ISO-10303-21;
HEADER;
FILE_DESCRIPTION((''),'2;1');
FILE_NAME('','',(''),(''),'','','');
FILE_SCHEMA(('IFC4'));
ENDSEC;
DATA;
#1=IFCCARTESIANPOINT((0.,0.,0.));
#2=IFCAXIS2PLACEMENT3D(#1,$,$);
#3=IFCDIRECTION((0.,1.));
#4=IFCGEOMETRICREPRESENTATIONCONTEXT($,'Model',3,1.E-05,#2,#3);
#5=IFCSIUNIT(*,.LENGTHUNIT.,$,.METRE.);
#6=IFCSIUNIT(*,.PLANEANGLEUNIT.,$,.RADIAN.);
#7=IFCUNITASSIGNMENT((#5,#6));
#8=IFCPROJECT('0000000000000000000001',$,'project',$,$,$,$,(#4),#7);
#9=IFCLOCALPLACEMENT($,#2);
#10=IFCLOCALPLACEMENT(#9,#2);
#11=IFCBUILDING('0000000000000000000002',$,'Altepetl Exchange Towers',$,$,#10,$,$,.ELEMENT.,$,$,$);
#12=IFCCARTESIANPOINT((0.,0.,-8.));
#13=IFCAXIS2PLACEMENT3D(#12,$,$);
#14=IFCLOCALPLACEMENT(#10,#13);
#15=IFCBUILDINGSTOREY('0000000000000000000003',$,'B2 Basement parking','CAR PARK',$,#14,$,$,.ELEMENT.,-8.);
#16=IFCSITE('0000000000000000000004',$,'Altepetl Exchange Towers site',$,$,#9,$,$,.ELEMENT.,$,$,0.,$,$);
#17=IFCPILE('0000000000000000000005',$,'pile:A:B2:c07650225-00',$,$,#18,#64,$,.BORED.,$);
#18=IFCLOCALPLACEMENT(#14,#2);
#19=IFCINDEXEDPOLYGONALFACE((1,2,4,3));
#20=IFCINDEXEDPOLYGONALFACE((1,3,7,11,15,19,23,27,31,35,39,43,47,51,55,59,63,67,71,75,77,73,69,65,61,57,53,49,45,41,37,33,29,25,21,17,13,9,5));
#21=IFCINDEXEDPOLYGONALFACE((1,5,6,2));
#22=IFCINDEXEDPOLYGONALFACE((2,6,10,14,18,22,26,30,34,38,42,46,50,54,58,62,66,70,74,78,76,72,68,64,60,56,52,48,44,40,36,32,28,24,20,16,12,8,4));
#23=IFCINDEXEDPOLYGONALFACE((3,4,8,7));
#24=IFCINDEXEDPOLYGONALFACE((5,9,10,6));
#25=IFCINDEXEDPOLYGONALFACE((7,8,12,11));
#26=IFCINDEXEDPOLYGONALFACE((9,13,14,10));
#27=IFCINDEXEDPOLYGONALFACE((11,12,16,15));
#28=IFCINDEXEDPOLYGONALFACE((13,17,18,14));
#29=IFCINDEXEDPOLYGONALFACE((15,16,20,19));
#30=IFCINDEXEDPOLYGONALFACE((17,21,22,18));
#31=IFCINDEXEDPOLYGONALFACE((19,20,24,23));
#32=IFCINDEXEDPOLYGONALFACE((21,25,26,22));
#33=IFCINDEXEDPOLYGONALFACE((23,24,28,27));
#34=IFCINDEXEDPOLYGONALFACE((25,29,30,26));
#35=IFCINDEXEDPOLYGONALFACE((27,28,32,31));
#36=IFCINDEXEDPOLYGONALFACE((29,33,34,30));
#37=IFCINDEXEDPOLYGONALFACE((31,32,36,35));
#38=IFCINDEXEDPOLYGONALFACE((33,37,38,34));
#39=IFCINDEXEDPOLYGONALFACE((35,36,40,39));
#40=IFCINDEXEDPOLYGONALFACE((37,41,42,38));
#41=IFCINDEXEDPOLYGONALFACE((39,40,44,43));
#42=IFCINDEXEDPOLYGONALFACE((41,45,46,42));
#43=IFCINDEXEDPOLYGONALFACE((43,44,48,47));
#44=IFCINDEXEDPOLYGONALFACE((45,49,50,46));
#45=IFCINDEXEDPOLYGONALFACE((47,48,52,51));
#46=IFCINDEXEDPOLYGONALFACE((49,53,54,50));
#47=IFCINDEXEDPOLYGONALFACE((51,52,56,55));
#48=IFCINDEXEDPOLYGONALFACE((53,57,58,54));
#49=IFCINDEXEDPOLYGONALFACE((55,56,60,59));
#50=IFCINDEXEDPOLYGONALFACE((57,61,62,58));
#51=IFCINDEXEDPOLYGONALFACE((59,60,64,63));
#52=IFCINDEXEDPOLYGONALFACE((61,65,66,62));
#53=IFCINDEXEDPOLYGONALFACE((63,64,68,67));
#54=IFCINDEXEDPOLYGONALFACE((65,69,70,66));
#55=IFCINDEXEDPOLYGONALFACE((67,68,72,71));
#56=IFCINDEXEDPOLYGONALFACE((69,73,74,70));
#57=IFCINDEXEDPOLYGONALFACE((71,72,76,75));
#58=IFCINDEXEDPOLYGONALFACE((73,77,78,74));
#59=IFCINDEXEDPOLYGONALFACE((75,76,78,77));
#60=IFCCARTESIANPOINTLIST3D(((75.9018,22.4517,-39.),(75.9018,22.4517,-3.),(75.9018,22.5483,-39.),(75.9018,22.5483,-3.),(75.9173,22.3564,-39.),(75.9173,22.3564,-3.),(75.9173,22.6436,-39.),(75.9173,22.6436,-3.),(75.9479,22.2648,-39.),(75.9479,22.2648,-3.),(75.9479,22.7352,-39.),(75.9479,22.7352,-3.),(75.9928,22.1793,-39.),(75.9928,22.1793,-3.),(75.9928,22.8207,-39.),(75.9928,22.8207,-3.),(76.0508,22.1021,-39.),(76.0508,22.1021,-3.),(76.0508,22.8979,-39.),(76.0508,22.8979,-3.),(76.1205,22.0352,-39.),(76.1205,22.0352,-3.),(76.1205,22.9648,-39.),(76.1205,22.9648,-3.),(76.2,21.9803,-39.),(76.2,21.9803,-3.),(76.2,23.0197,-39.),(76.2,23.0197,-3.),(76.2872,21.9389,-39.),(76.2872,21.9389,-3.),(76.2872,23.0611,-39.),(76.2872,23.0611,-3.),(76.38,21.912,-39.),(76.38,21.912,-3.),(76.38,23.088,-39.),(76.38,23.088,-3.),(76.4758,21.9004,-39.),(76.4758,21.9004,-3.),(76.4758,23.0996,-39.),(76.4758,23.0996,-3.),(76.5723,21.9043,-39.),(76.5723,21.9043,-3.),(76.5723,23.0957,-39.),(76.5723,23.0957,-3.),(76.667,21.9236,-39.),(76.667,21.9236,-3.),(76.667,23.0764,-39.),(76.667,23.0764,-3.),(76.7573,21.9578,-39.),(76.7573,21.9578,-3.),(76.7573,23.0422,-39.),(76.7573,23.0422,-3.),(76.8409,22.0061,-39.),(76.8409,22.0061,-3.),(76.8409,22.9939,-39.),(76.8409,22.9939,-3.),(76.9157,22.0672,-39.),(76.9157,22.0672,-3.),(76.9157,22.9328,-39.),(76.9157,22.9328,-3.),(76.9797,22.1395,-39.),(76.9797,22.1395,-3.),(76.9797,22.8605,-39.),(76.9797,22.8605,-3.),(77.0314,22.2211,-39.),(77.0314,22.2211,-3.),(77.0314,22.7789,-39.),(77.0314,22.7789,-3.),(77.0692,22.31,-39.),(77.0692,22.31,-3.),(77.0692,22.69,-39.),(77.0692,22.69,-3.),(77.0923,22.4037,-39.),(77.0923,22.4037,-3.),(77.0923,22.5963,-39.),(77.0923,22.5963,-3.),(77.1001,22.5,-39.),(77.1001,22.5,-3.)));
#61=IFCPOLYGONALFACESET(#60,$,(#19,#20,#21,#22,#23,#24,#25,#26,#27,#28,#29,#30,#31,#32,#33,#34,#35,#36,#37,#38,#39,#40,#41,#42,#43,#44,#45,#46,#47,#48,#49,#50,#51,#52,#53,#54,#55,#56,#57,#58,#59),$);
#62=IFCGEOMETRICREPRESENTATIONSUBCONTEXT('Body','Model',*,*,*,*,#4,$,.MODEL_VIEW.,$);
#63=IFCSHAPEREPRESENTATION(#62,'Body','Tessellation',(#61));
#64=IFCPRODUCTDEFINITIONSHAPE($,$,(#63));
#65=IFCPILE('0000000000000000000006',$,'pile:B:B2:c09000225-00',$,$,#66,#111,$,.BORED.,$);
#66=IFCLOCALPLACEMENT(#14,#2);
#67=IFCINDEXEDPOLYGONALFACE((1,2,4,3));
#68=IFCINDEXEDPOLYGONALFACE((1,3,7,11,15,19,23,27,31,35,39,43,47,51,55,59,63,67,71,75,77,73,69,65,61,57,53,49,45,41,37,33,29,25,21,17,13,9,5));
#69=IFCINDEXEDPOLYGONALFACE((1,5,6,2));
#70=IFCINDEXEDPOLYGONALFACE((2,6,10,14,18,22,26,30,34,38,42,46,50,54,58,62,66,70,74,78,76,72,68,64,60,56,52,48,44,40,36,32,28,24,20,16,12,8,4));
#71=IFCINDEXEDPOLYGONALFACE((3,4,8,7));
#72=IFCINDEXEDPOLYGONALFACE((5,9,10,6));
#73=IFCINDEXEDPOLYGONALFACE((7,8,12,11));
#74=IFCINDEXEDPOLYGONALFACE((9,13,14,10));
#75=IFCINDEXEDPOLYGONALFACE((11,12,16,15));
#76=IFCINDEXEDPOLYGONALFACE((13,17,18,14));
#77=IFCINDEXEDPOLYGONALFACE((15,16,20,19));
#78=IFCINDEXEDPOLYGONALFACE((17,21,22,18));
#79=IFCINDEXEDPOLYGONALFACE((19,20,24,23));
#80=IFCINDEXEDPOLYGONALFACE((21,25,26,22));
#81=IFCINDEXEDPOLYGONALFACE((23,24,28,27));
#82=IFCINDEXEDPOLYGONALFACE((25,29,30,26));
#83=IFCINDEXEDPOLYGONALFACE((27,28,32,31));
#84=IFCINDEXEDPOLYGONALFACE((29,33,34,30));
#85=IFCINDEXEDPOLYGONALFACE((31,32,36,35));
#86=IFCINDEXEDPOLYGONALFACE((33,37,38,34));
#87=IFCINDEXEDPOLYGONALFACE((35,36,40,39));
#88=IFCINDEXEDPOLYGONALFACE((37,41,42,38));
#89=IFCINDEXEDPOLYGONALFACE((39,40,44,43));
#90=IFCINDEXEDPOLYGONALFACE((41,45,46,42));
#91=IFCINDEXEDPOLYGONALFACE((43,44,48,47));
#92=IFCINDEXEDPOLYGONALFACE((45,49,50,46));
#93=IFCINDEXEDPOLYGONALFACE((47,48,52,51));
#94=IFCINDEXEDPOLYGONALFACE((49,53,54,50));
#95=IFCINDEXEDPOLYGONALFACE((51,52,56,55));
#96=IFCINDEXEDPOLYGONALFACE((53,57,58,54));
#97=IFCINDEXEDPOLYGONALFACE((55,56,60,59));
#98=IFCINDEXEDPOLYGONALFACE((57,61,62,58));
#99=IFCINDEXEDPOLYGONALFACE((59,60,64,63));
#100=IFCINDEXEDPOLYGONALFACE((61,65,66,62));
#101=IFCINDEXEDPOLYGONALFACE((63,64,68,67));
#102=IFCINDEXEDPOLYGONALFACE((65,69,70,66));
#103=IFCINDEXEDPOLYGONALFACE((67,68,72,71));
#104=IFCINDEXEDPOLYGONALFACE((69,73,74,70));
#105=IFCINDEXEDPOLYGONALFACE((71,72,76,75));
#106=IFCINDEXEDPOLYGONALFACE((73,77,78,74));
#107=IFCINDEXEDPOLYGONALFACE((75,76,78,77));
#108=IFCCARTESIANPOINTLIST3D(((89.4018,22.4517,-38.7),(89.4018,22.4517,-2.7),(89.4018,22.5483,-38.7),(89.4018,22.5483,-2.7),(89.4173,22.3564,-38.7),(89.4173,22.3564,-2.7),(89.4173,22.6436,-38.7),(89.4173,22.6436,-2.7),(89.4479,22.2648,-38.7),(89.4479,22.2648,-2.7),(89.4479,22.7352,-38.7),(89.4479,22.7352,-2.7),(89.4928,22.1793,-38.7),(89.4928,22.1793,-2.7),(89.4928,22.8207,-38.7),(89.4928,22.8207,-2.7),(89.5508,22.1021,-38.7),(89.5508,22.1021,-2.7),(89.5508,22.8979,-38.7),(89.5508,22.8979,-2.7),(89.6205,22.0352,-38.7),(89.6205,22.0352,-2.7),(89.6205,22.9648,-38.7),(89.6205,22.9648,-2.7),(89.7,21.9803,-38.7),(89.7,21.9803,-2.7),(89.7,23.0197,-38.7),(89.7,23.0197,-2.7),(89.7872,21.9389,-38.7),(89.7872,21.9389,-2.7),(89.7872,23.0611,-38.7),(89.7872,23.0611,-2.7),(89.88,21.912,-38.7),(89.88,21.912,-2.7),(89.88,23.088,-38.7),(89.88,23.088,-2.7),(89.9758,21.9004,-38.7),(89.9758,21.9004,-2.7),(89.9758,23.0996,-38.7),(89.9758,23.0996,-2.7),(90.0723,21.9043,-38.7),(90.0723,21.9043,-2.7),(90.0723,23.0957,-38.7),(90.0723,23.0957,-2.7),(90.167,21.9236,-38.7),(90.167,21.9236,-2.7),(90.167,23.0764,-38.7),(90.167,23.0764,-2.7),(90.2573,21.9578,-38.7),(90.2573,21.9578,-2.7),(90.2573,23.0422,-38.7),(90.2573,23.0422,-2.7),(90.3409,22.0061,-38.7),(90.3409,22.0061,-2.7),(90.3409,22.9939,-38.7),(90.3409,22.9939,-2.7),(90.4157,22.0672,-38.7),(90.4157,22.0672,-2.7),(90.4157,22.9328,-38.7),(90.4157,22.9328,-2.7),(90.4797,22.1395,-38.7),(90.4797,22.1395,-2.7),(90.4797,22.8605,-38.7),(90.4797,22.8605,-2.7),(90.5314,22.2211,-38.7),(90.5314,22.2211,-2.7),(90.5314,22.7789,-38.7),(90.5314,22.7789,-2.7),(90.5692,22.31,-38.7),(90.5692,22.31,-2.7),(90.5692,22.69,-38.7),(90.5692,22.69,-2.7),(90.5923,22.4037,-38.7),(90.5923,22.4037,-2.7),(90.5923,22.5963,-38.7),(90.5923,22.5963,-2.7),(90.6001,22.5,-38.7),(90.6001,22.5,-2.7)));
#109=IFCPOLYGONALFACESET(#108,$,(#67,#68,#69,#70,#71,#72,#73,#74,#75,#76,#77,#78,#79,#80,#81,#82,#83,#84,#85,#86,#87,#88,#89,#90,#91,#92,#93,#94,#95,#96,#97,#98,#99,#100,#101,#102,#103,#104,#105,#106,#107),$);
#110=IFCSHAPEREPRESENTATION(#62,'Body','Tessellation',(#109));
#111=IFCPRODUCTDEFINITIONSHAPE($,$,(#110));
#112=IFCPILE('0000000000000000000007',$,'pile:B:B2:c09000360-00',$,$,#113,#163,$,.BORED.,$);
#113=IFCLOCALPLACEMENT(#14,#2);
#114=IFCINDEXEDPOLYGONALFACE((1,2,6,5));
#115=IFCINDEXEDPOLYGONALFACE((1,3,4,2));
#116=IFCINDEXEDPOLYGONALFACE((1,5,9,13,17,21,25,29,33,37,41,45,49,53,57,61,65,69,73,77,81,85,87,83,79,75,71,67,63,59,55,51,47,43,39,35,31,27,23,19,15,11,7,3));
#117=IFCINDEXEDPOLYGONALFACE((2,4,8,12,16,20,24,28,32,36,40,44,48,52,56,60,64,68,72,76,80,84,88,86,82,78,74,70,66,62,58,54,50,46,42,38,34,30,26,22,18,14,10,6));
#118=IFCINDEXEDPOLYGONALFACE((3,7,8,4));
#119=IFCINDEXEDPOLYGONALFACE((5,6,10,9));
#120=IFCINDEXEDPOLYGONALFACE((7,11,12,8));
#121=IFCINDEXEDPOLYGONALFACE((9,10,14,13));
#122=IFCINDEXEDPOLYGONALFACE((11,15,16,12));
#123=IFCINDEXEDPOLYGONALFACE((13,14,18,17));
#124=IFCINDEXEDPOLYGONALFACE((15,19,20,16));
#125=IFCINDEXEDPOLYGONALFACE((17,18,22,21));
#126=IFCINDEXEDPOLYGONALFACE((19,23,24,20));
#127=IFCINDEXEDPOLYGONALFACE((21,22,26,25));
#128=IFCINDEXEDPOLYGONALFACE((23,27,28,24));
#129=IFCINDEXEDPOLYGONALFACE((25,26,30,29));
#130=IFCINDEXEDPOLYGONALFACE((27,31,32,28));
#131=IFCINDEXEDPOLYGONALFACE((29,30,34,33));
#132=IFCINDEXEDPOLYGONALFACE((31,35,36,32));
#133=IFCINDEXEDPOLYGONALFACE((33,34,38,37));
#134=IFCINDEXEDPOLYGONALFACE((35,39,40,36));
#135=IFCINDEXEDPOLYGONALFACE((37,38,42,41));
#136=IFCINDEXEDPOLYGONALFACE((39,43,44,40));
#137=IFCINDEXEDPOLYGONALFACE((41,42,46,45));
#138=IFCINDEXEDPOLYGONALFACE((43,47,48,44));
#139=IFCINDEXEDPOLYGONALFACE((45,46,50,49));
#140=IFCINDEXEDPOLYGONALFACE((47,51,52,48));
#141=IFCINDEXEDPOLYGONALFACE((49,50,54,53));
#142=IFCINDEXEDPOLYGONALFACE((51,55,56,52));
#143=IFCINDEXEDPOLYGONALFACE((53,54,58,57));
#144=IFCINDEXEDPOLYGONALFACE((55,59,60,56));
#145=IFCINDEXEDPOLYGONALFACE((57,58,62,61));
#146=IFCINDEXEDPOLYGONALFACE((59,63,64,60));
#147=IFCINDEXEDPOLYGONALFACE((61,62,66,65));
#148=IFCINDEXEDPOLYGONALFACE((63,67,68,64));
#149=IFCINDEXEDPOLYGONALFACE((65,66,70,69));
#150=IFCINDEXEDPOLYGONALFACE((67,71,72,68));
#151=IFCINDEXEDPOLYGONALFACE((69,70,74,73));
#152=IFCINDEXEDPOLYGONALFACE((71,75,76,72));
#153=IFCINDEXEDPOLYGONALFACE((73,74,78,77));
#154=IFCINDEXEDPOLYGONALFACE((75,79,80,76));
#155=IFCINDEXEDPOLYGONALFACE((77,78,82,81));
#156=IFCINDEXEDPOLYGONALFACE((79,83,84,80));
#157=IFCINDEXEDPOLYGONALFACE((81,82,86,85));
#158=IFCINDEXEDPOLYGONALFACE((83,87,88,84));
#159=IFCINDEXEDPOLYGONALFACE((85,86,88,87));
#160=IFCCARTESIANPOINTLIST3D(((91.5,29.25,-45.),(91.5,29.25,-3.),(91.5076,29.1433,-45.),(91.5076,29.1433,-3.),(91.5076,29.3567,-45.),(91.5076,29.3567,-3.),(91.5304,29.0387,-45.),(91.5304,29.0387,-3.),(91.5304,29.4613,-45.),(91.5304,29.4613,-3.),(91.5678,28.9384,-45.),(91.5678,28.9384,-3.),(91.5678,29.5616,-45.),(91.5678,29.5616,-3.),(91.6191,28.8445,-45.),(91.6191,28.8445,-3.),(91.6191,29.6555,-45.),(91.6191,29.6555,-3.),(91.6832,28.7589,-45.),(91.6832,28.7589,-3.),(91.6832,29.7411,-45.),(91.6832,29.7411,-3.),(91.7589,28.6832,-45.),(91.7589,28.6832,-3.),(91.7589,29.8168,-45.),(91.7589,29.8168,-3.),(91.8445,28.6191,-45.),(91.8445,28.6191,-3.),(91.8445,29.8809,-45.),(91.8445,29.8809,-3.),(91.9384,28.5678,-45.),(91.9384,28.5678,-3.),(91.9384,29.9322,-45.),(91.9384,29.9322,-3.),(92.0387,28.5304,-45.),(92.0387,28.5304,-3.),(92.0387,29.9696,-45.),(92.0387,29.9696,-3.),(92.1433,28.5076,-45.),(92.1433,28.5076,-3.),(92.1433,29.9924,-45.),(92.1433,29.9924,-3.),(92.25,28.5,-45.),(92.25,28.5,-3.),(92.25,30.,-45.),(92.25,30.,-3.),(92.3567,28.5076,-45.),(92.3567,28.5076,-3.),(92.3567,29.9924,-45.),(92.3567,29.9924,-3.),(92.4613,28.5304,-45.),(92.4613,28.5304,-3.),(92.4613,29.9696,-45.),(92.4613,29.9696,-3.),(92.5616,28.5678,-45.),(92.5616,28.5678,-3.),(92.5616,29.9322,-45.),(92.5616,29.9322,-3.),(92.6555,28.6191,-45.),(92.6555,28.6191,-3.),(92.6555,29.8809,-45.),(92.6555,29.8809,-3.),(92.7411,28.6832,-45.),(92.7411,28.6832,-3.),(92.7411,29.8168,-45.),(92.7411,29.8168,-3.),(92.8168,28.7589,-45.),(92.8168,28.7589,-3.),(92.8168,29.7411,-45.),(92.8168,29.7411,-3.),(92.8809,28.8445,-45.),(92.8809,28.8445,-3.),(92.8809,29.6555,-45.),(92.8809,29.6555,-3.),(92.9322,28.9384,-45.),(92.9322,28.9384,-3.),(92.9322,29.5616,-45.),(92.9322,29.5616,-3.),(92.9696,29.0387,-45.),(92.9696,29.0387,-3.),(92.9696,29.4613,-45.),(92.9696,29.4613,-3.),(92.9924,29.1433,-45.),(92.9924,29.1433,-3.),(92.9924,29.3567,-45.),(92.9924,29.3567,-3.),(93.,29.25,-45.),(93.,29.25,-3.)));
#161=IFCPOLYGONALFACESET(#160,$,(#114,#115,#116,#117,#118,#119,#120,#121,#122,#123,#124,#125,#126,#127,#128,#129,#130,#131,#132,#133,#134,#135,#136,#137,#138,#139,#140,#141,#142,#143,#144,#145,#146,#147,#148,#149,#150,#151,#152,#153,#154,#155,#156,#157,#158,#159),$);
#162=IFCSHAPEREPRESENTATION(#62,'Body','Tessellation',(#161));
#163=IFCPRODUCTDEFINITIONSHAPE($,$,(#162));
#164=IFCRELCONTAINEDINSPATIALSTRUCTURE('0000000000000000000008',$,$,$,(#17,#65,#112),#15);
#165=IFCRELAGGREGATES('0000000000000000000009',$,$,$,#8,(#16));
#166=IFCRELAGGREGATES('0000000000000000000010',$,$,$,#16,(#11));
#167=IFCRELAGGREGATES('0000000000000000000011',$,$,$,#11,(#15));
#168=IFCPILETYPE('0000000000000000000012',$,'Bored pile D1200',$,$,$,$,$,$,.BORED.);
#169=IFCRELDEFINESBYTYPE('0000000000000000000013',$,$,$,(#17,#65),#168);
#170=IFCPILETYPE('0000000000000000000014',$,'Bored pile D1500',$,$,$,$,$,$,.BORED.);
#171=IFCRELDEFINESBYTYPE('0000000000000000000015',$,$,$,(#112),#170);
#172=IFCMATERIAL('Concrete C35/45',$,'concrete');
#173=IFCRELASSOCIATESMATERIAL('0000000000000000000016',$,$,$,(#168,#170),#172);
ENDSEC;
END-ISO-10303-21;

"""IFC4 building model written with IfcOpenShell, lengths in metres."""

from ifc_helpers import new_model, si_unit, direction, frame, origin, origin_2d, place, context, subcontext, project, spatial, circle, extrude, material, material_profile, profile_set, type_object, element, save


model = new_model("IFC4")

# Units and contexts
model_context = context("Model", 3, precision=1e-05, world=origin(), true_north=direction((0.0, 1.0)))
body_context = subcontext(model_context, "Body", "Model", "MODEL_VIEW")
ifc_project = project(units=[si_unit("LENGTHUNIT", "METRE"), si_unit("PLANEANGLEUNIT", "RADIAN")], contexts=[model_context])

# Site, building, storey
site_placement = place(None, origin())
site = spatial("IfcSite", under=ifc_project, at=site_placement, Name="Altepetl Exchange Towers site", CompositionType="ELEMENT", RefElevation=0.0)
building_placement = place(site_placement, origin())
building = spatial("IfcBuilding", under=site, at=building_placement, Name="Altepetl Exchange Towers", CompositionType="ELEMENT")
storey_placement = place(building_placement, frame((0.0, 0.0, -8.0)))
storey = spatial("IfcBuildingStorey", under=building, at=storey_placement, Name="B2 Basement parking", Description="CAR PARK", CompositionType="ELEMENT", Elevation=-8.0)

# Piles
ifc_material_1 = material(Name="Concrete C35/45", Category="concrete")
ifc_material_profile_1 = material_profile(ifc_material_1, circle(Radius=0.6001, at=origin_2d()), Name="D1200")
ifc_profile_set_1 = profile_set([ifc_material_profile_1], Name="Concrete C35/45")
pile_type_1 = type_object("IfcPileType", Name="Bored pile D1200", PredefinedType="BORED", material=ifc_profile_set_1)
for number, where, z_axis, x_axis, name in (
    (1, (76.5, 22.5, -3.0), (0.0, 0.0, -1.0), (1.0, 0.0, 0.0), "pile:A:B2:c07650225-00"),
    (2, (90.0, 22.5, -2.7), (0.0, 0.0, -1.0), (1.0, 0.0, 0.0), "pile:B:B2:c09000225-00"),
):
    element("IfcPile", number, at=place(storey_placement, frame(where, z_axis=z_axis, x_axis=x_axis)), inside=storey, type_object=pile_type_1, Name=name, PredefinedType="BORED", context=body_context, shape_type="SweptSolid", body=[
        extrude(circle(Radius=0.6001, at=origin_2d()), origin(), (0.0, 0.0, 1.0), 36.0),
    ])
ifc_material_profile_2 = material_profile(ifc_material_1, circle(Radius=0.75, at=origin_2d()), Name="D1500")
ifc_profile_set_2 = profile_set([ifc_material_profile_2], Name="Concrete C35/45")
pile_type_2 = type_object("IfcPileType", Name="Bored pile D1500", PredefinedType="BORED", material=ifc_profile_set_2)
for number, where, z_axis, x_axis, name in (
    (3, (92.25, 29.25, -3.0), (0.0, 0.0, -1.0), (1.0, 0.0, 0.0), "pile:B:B2:c09000360-00"),
):
    element("IfcPile", number, at=place(storey_placement, frame(where, z_axis=z_axis, x_axis=x_axis)), inside=storey, type_object=pile_type_2, Name=name, PredefinedType="BORED", context=body_context, shape_type="SweptSolid", body=[
        extrude(circle(Radius=0.75, at=origin_2d()), origin(), (0.0, 0.0, 1.0), 42.0),
    ])

save(model, "model.ifc")
